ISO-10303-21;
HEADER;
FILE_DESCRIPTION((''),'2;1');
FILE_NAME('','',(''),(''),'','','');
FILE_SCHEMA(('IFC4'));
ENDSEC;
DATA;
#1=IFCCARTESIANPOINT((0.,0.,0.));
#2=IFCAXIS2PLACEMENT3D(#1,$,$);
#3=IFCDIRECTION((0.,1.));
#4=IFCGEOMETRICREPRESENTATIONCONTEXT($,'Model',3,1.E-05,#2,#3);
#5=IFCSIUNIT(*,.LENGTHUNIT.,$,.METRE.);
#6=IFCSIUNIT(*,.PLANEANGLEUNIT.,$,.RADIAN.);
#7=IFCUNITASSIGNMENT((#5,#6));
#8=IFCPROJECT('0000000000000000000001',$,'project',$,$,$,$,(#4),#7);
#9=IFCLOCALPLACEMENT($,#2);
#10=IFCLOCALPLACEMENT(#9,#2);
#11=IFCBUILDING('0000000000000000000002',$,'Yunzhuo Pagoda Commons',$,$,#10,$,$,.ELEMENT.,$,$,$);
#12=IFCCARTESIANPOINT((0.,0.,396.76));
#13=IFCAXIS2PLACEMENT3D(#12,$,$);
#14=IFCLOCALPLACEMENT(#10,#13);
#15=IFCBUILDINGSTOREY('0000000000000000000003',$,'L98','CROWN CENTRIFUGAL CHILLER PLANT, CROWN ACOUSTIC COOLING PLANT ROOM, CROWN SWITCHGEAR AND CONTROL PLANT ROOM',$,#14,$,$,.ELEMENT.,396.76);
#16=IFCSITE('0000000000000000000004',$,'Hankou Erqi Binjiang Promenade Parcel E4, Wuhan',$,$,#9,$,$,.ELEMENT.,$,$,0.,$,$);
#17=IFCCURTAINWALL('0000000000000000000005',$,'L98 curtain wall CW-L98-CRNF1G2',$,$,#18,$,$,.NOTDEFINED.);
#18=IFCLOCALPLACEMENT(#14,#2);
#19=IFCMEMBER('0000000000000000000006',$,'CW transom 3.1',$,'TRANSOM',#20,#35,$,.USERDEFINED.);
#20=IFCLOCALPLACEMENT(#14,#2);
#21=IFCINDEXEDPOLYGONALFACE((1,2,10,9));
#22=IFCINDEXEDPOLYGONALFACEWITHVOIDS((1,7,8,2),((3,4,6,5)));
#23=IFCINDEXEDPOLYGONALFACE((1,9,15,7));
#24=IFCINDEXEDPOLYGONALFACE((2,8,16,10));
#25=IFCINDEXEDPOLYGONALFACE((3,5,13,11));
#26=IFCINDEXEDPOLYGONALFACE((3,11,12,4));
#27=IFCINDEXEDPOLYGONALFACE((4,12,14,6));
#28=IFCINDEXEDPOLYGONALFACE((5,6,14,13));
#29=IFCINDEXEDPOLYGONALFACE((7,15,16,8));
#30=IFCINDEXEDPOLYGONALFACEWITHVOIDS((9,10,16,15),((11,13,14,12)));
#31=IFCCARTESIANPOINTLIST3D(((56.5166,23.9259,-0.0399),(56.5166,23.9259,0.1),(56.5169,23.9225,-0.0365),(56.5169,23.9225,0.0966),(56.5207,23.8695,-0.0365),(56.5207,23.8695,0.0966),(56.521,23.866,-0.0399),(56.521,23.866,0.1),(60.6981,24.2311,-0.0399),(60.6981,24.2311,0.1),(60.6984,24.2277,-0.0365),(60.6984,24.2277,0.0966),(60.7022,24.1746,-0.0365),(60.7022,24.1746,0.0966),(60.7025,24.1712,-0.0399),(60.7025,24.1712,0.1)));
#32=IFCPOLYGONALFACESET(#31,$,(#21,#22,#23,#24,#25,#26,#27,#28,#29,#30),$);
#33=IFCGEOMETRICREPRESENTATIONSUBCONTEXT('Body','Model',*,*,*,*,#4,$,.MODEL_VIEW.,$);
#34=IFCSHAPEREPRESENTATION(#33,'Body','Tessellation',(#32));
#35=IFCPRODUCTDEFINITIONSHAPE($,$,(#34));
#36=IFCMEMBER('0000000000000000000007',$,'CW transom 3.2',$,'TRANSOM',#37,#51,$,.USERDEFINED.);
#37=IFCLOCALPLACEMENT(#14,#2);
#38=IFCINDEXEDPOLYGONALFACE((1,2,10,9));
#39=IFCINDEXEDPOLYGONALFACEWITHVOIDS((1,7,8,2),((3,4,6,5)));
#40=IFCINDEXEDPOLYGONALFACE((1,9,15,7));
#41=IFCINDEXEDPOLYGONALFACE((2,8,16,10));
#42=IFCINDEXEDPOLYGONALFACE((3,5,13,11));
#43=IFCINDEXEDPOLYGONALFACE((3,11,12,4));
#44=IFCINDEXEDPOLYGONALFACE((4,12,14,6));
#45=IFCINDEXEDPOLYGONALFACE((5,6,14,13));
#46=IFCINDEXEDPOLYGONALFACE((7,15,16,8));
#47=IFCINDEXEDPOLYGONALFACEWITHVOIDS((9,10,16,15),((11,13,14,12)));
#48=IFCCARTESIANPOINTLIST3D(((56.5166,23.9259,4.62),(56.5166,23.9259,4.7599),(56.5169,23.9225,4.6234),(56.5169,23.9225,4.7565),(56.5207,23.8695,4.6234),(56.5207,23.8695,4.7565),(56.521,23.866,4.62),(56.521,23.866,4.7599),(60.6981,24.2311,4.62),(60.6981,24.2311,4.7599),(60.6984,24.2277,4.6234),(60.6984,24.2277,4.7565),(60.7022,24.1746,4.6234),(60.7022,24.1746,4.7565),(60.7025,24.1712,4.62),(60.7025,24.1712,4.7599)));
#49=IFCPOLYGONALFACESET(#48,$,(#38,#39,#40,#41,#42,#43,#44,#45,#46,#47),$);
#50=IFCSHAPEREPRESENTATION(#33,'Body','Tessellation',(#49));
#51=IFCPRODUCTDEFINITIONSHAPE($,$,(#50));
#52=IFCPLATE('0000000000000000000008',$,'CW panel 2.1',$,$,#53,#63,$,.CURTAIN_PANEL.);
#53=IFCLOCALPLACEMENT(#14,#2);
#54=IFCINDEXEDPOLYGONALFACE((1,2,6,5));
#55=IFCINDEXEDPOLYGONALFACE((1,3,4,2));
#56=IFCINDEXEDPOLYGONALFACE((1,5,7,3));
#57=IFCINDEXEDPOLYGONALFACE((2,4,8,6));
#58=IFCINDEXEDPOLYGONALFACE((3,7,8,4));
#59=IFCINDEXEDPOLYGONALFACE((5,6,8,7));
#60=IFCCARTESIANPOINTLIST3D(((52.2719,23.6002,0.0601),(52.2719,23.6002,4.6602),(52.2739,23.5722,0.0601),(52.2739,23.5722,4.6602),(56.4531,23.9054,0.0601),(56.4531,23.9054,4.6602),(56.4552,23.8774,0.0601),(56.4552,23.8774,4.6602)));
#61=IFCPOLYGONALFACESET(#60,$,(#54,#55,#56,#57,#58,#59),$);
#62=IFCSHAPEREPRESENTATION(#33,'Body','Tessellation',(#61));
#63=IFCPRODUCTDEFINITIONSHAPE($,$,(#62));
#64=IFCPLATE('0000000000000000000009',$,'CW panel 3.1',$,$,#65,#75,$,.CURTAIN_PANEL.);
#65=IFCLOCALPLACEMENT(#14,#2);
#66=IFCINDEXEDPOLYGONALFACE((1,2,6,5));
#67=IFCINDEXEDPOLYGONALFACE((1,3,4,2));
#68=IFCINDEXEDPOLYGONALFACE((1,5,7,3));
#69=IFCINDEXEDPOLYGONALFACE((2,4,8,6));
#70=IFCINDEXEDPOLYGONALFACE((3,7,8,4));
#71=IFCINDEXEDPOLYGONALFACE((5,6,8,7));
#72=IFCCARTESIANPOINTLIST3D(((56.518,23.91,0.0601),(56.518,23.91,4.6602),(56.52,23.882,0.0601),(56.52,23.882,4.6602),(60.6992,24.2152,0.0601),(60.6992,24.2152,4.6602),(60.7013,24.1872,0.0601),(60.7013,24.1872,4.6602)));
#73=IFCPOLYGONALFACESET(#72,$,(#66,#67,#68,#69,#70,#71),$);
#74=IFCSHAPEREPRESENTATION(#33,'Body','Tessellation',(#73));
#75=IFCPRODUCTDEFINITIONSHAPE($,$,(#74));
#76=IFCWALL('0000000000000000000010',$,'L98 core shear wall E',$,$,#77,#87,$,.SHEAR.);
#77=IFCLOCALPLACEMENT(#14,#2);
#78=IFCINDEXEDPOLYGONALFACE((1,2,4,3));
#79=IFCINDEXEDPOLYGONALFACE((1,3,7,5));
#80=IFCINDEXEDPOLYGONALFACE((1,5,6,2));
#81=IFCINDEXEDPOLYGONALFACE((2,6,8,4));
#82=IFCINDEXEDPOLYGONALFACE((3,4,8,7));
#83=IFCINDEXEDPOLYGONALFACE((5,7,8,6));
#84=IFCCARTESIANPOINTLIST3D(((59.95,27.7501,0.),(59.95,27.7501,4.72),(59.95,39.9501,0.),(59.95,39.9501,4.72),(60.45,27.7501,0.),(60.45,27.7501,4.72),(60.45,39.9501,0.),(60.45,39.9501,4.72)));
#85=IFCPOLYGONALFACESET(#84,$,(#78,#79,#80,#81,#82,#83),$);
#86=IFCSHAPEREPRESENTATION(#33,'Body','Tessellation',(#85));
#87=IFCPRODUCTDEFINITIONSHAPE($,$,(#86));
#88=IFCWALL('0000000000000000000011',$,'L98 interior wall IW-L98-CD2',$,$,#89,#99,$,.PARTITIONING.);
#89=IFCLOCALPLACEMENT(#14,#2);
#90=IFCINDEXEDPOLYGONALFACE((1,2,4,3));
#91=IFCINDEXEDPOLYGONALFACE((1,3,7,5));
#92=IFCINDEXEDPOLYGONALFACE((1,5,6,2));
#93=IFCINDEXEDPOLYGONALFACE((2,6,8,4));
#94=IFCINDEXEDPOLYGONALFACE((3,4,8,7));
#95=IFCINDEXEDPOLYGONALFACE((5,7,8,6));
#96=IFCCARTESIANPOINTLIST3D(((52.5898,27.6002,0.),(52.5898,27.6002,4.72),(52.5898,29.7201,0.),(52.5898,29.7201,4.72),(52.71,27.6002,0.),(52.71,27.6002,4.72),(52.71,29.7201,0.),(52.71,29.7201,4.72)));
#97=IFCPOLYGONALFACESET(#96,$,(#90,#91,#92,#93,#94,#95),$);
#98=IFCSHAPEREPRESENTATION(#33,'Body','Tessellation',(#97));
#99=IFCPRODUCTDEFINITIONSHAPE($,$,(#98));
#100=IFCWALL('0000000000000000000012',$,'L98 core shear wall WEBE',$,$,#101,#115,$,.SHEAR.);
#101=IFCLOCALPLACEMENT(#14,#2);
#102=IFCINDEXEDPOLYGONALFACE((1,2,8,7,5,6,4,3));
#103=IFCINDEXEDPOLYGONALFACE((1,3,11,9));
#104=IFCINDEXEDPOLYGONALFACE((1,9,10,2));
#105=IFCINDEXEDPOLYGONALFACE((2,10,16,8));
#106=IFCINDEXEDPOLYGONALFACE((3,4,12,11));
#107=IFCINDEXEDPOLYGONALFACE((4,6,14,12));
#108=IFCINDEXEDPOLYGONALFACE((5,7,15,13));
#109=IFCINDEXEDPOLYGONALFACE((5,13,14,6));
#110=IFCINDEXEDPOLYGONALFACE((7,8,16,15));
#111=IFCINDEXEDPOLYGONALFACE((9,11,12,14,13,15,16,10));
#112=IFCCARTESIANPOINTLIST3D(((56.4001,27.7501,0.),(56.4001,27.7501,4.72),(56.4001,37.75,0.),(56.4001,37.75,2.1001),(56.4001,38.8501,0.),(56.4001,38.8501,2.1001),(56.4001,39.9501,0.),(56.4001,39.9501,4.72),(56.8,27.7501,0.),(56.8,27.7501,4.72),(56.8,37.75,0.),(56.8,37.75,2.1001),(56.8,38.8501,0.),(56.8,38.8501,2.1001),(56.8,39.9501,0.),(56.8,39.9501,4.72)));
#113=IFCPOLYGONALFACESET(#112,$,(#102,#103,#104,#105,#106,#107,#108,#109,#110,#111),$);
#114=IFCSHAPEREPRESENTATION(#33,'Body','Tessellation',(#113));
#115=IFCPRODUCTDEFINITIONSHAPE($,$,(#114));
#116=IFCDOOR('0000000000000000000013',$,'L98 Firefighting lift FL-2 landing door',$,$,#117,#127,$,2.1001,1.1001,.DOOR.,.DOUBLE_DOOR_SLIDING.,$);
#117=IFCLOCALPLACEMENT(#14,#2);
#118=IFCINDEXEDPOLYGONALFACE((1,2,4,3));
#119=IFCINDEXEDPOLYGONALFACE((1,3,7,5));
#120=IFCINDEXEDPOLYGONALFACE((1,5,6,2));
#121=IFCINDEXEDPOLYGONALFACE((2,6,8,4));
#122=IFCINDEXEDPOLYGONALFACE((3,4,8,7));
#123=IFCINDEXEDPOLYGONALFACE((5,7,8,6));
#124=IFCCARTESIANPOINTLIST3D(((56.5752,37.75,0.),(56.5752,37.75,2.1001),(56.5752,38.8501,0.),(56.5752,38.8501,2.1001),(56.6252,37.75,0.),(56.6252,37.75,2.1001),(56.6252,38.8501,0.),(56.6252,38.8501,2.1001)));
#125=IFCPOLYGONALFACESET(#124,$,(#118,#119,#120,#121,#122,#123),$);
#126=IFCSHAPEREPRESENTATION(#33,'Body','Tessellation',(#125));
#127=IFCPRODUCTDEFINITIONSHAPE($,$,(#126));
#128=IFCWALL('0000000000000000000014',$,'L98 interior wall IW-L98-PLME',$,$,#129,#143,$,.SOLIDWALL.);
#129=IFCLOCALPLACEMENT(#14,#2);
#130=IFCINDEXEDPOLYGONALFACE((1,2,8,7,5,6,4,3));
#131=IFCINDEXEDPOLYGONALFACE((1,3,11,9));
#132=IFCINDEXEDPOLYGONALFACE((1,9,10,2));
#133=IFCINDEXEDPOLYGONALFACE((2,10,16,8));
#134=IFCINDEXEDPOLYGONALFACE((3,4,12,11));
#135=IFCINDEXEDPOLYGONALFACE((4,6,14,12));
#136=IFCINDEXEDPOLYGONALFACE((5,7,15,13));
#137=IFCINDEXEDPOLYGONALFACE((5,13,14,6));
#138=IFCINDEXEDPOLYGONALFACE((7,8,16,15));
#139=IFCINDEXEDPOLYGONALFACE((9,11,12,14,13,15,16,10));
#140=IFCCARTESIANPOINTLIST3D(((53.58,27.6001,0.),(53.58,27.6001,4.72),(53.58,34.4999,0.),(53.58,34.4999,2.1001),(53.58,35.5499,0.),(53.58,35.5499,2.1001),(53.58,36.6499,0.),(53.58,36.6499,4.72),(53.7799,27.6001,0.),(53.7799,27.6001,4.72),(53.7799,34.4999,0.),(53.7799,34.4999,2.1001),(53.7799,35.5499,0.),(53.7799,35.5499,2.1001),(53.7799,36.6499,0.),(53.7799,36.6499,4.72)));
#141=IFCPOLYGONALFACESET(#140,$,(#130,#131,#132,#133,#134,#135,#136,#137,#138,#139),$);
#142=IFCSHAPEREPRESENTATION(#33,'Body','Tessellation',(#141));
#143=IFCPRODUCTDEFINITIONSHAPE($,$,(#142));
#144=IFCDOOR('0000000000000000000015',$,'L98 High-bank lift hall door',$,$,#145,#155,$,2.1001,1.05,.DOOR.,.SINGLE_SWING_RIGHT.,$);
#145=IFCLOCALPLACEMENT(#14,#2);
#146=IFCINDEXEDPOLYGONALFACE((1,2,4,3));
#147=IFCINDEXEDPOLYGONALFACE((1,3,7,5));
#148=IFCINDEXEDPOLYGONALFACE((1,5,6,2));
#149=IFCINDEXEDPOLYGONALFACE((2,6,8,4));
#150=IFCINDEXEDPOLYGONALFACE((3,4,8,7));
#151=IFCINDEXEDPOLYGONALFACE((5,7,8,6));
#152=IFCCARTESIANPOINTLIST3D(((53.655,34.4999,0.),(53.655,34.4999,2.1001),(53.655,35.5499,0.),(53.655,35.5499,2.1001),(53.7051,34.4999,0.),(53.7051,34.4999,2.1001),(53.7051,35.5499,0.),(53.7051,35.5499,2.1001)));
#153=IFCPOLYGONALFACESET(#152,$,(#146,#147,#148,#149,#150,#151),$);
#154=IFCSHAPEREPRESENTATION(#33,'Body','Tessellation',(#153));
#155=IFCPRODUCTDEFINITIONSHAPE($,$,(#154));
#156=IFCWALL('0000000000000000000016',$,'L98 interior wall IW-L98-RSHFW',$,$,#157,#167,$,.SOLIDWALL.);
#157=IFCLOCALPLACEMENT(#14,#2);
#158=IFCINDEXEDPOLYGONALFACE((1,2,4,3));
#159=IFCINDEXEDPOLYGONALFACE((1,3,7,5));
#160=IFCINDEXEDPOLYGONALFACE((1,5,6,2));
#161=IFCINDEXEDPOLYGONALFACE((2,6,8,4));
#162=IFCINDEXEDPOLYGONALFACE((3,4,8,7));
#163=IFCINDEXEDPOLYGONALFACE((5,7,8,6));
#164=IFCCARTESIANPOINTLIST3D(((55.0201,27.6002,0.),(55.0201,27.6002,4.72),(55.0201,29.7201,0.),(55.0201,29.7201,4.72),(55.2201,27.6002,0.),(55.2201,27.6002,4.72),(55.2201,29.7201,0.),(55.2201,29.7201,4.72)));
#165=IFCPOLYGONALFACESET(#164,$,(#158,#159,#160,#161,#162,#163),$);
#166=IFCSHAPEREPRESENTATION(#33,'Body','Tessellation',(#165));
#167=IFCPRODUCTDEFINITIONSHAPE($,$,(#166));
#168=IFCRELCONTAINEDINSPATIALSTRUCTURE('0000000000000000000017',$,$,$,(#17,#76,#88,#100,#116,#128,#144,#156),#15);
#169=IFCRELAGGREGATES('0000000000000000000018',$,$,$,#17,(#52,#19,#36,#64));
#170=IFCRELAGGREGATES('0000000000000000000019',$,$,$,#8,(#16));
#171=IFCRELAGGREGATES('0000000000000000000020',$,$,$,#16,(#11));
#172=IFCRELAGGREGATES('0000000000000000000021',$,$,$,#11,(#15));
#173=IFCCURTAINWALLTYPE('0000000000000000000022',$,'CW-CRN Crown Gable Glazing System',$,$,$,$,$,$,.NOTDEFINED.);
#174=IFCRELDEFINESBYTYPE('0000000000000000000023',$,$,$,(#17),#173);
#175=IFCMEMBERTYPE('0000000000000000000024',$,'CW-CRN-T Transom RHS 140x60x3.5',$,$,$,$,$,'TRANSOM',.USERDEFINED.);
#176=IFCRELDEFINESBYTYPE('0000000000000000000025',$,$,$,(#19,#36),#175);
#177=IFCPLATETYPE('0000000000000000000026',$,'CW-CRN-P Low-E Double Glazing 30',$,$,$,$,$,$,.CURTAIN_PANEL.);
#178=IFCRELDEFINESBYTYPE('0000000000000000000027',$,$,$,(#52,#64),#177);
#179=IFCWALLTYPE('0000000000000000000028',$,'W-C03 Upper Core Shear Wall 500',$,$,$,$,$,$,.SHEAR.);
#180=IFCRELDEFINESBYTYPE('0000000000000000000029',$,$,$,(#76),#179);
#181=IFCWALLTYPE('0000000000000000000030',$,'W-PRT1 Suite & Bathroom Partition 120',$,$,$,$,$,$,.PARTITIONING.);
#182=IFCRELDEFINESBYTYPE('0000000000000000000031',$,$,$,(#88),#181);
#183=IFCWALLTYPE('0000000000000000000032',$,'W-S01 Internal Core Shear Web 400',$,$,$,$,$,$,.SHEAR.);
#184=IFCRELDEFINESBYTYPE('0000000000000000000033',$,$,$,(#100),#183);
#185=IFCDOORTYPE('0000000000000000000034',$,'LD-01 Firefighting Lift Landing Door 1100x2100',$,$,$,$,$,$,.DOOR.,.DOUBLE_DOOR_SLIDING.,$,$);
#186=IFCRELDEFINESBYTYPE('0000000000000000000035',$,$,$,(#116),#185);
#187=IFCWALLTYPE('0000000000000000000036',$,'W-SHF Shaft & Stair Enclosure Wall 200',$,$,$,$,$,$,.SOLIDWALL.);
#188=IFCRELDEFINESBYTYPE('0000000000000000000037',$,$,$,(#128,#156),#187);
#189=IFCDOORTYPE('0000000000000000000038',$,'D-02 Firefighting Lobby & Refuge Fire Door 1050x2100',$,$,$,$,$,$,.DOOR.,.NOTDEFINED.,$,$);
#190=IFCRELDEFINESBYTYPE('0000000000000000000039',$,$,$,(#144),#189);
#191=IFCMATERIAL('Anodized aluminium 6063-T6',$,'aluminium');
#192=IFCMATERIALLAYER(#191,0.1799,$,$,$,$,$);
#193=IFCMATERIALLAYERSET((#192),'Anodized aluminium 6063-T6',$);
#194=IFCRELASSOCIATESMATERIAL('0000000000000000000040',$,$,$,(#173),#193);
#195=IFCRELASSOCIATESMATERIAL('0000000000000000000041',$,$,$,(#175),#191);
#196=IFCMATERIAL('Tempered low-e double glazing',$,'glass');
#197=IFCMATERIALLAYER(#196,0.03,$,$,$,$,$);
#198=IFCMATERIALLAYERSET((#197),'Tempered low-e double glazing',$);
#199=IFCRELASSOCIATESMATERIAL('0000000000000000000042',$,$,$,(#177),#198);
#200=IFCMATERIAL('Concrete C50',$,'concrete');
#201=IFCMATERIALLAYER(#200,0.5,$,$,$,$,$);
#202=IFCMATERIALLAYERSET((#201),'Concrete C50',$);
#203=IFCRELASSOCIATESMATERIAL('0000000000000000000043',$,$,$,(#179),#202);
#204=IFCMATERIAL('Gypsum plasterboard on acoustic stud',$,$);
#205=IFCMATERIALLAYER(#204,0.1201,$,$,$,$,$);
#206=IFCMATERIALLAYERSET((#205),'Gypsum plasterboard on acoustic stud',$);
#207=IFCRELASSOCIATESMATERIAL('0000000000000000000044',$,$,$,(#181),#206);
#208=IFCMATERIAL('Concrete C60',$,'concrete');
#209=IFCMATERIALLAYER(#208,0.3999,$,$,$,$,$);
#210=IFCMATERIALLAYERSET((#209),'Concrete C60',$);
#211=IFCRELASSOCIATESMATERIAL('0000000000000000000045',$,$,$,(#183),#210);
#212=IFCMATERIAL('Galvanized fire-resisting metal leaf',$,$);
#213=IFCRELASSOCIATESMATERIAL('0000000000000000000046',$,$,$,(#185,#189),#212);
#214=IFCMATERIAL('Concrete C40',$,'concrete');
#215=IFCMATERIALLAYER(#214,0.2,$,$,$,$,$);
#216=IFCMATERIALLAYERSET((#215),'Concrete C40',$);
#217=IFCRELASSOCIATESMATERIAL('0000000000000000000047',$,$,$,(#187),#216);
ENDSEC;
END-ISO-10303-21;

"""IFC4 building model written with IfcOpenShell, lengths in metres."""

from ifc_helpers import new_model, si_unit, direction, frame, frame_2d, origin, origin_with_axes, origin_2d, place, context, subcontext, project, spatial, rectangle, hollow_rectangle, extrude, source, transform, mapped, material, layer, layer_set, material_profile, profile_set, type_object, element, fill, aggregate, save


model = new_model("IFC4")

# Units and contexts
model_context = context("Model", 3, precision=1e-05, world=origin(), true_north=direction((0.0, 1.0)))
body_context = subcontext(model_context, "Body", "Model", "MODEL_VIEW")
ifc_project = project(units=[si_unit("LENGTHUNIT", "METRE"), si_unit("PLANEANGLEUNIT", "RADIAN")], contexts=[model_context])

# Site, building, storey
site_placement = place(None, origin())
site = spatial("IfcSite", under=ifc_project, at=site_placement, Name="Hankou Erqi Binjiang Promenade Parcel E4, Wuhan", CompositionType="ELEMENT", RefElevation=0.0)
building_placement = place(site_placement, origin())
building = spatial("IfcBuilding", under=site, at=building_placement, Name="Yunzhuo Pagoda Commons", CompositionType="ELEMENT")
storey_placement = place(building_placement, frame((0.0, 0.0, 396.76)))
storey = spatial("IfcBuildingStorey", under=building, at=storey_placement, Name="L98", Description="CROWN CENTRIFUGAL CHILLER PLANT, CROWN ACOUSTIC COOLING PLANT ROOM, CROWN SWITCHGEAR AND CONTROL PLANT ROOM", CompositionType="ELEMENT", Elevation=396.76)

# Curtain wall, members, plates
ifc_material_1 = material(Name="Anodized aluminium 6063-T6", Category="aluminium")
ifc_layer_1 = layer(ifc_material_1, 0.1799)
ifc_layer_set_1 = layer_set([ifc_layer_1], Name="Anodized aluminium 6063-T6")
curtain_wall_type = type_object("IfcCurtainWallType", Name="CW-CRN Crown Gable Glazing System", PredefinedType="NOTDEFINED", material=ifc_layer_set_1)
curtain_wall_placement = place(storey_placement, origin())
curtain_wall = element("IfcCurtainWall", 1, at=curtain_wall_placement, inside=storey, type_object=curtain_wall_type, Name="L98 curtain wall CW-L98-CRNF1G2", PredefinedType="NOTDEFINED")
ifc_material_profile_1 = material_profile(ifc_material_1, hollow_rectangle(XDim=0.0601, YDim=0.1399, WallThickness=0.0034, at=origin_2d()), Name="Anodized aluminium 6063-T6")
ifc_profile_set_1 = profile_set([ifc_material_profile_1], Name="Anodized aluminium 6063-T6")
member_type_1 = type_object("IfcMemberType", Name="CW-CRN-T Transom RHS 140x60x3.5", ElementType="TRANSOM", PredefinedType="USERDEFINED", material=ifc_profile_set_1)
shared_shape_1 = source(origin(), body_context, "Body", "SweptSolid", [
    extrude(hollow_rectangle(XDim=0.0601, YDim=0.1399, WallThickness=0.0034, at=origin_2d()), origin(), (0.0, 0.0, 1.0), 4.1926),
])
member_1_placement = place(storey_placement, frame((56.5188, 23.896, 0.03), z_axis=(0.997347, 0.072791, 0.0), x_axis=(-0.072791, 0.997347, 0.0)))
member_1 = element("IfcMember", 2, at=member_1_placement, type_object=member_type_1, Name="CW transom 3.1", ObjectType="TRANSOM", PredefinedType="USERDEFINED", context=body_context, shape_type="MappedRepresentation", body=[
    mapped(shared_shape_1, transform((0.0, 0.0, 0.0), scale=1.0)),
])
member_2_placement = place(storey_placement, frame((56.5188, 23.896, 4.6899), z_axis=(0.997347, 0.072791, 0.0), x_axis=(-0.072791, 0.997347, 0.0)))
member_2 = element("IfcMember", 3, at=member_2_placement, type_object=member_type_1, Name="CW transom 3.2", ObjectType="TRANSOM", PredefinedType="USERDEFINED", context=body_context, shape_type="MappedRepresentation", body=[
    mapped(shared_shape_1, transform((0.0, 0.0, 0.0), scale=1.0)),
])
ifc_material_2 = material(Name="Tempered low-e double glazing", Category="glass")
ifc_layer_2 = layer(ifc_material_2, 0.03)
ifc_layer_set_2 = layer_set([ifc_layer_2], Name="Tempered low-e double glazing")
plate_type = type_object("IfcPlateType", Name="CW-CRN-P Low-E Double Glazing 30", PredefinedType="CURTAIN_PANEL", material=ifc_layer_set_2)
shared_shape_2 = source(origin(), body_context, "Body", "SweptSolid", [
    extrude(rectangle(XDim=4.1924, YDim=0.0281, at=origin_2d()), origin(), (0.0, 0.0, 1.0), 4.6001),
])
plate_1_placement = place(storey_placement, frame((54.3635, 23.7388, 0.0601), z_axis=(0.0, 0.0, 1.0), x_axis=(0.997347, 0.072796, 0.0)))
plate_1 = element("IfcPlate", 4, at=plate_1_placement, type_object=plate_type, Name="CW panel 2.1", PredefinedType="CURTAIN_PANEL", context=body_context, shape_type="MappedRepresentation", body=[
    mapped(shared_shape_2, transform((0.0, 0.0, 0.0), scale=1.0)),
])
plate_2_placement = place(storey_placement, frame((58.6096, 24.0486, 0.0601), z_axis=(0.0, 0.0, 1.0), x_axis=(0.997347, 0.072796, 0.0)))
plate_2 = element("IfcPlate", 5, at=plate_2_placement, type_object=plate_type, Name="CW panel 3.1", PredefinedType="CURTAIN_PANEL", context=body_context, shape_type="MappedRepresentation", body=[
    mapped(shared_shape_2, transform((0.0, 0.0, 0.0), scale=1.0)),
])
aggregate(curtain_wall, [plate_1, member_1, member_2, plate_2])

# Walls
ifc_material_3 = material(Name="Concrete C50", Category="concrete")
ifc_layer_3 = layer(ifc_material_3, 0.5)
ifc_layer_set_3 = layer_set([ifc_layer_3], Name="Concrete C50")
wall_type_1 = type_object("IfcWallType", Name="W-C03 Upper Core Shear Wall 500", PredefinedType="SHEAR", material=ifc_layer_set_3)
wall_1_placement = place(storey_placement, frame((60.2, 27.75, 0.0), z_axis=(0.0, 0.0, 1.0), x_axis=(0.0, 1.0, 0.0)))
element("IfcWall", 6, at=wall_1_placement, inside=storey, type_object=wall_type_1, Name="L98 core shear wall E", PredefinedType="SHEAR", context=body_context, shape_type="SweptSolid", body=[
    extrude(rectangle(XDim=12.2, YDim=0.5, at=frame_2d((6.1001, 0.0))), origin(), (0.0, 0.0, 1.0), 4.72),
])
ifc_material_4 = material(Name="Gypsum plasterboard on acoustic stud")
ifc_layer_4 = layer(ifc_material_4, 0.1201)
ifc_layer_set_4 = layer_set([ifc_layer_4], Name="Gypsum plasterboard on acoustic stud")
wall_type_2 = type_object("IfcWallType", Name="W-PRT1 Suite & Bathroom Partition 120", PredefinedType="PARTITIONING", material=ifc_layer_set_4)
wall_2_placement = place(storey_placement, frame((52.6499, 27.6001, 0.0), z_axis=(0.0, 0.0, 1.0), x_axis=(0.0, 1.0, 0.0)))
element("IfcWall", 7, at=wall_2_placement, inside=storey, type_object=wall_type_2, Name="L98 interior wall IW-L98-CD2", PredefinedType="PARTITIONING", context=body_context, shape_type="SweptSolid", body=[
    extrude(rectangle(XDim=2.1199, YDim=0.1201, at=frame_2d((1.0601, 0.0))), origin(), (0.0, 0.0, 1.0), 4.72),
])

# Walls, openings, doors
ifc_material_5 = material(Name="Concrete C60", Category="concrete")
ifc_layer_5 = layer(ifc_material_5, 0.3999)
ifc_layer_set_5 = layer_set([ifc_layer_5], Name="Concrete C60")
wall_type_3 = type_object("IfcWallType", Name="W-S01 Internal Core Shear Web 400", PredefinedType="SHEAR", material=ifc_layer_set_5)
wall_3_placement = place(storey_placement, frame((56.6001, 27.75, 0.0), z_axis=(0.0, 0.0, 1.0), x_axis=(0.0, 1.0, 0.0)))
wall_3 = element("IfcWall", 8, at=wall_3_placement, inside=storey, type_object=wall_type_3, Name="L98 core shear wall WEBE", PredefinedType="SHEAR", context=body_context, shape_type="SweptSolid", body=[
    extrude(rectangle(XDim=12.2, YDim=0.3999, at=frame_2d((6.1001, 0.0))), origin(), (0.0, 0.0, 1.0), 4.72),
])
opening_1_placement = place(wall_3_placement, frame((10.0, 0.0, 0.0)))
opening_1 = element("IfcOpeningElement", 9, at=opening_1_placement, cuts=wall_3, PredefinedType="OPENING", context=body_context, shape_type="SweptSolid", body=[
    extrude(rectangle(XDim=1.1001, YDim=2.1001, at=frame_2d((0.55, 1.05))), frame((0.0, 0.21, 0.0), z_axis=(0.0, -1.0, 0.0), x_axis=(1.0, 0.0, 0.0)), (0.0, 0.0, 1.0), 0.4199),
])
ifc_material_6 = material(Name="Galvanized fire-resisting metal leaf")
door_type_1 = type_object("IfcDoorType", Name="LD-01 Firefighting Lift Landing Door 1100x2100", OperationType="DOUBLE_DOOR_SLIDING", PredefinedType="DOOR", material=ifc_material_6)
shared_shape_3 = source(origin(), body_context, "Body", "SweptSolid", [
    extrude(rectangle(XDim=1.1001, YDim=2.1001, at=frame_2d((0.55, 1.05))), frame((0.0, 0.0249, 0.0), z_axis=(0.0, -1.0, 0.0), x_axis=(1.0, 0.0, 0.0)), (0.0, 0.0, 1.0), 0.05),
])
door_1_placement = place(opening_1_placement, origin_with_axes())
door_1 = element("IfcDoor", 10, at=door_1_placement, inside=storey, type_object=door_type_1, Name="L98 Firefighting lift FL-2 landing door", OperationType="DOUBLE_DOOR_SLIDING", OverallHeight=2.1001, OverallWidth=1.1001, PredefinedType="DOOR", context=body_context, shape_type="MappedRepresentation", body=[
    mapped(shared_shape_3, transform((0.0, 0.0, 0.0), scale=1.0)),
])
fill(opening_1, door_1)
ifc_material_7 = material(Name="Concrete C40", Category="concrete")
ifc_layer_6 = layer(ifc_material_7, 0.2)
ifc_layer_set_6 = layer_set([ifc_layer_6], Name="Concrete C40")
wall_type_4 = type_object("IfcWallType", Name="W-SHF Shaft & Stair Enclosure Wall 200", PredefinedType="SOLIDWALL", material=ifc_layer_set_6)
wall_4_placement = place(storey_placement, frame((53.6799, 27.6001, 0.0), z_axis=(0.0, 0.0, 1.0), x_axis=(0.0, 1.0, 0.0)))
wall_4 = element("IfcWall", 11, at=wall_4_placement, inside=storey, type_object=wall_type_4, Name="L98 interior wall IW-L98-PLME", PredefinedType="SOLIDWALL", context=body_context, shape_type="SweptSolid", body=[
    extrude(rectangle(XDim=9.0498, YDim=0.2, at=frame_2d((4.5249, 0.0))), origin(), (0.0, 0.0, 1.0), 4.72),
])
opening_2_placement = place(wall_4_placement, frame((6.8999, 0.0, 0.0)))
opening_2 = element("IfcOpeningElement", 12, at=opening_2_placement, cuts=wall_4, PredefinedType="OPENING", context=body_context, shape_type="SweptSolid", body=[
    extrude(rectangle(XDim=1.05, YDim=2.1001, at=frame_2d((0.5249, 1.05))), frame((0.0, 0.1099, 0.0), z_axis=(0.0, -1.0, 0.0), x_axis=(1.0, 0.0, 0.0)), (0.0, 0.0, 1.0), 0.22),
])
door_type_2 = type_object("IfcDoorType", Name="D-02 Firefighting Lobby & Refuge Fire Door 1050x2100", OperationType="NOTDEFINED", PredefinedType="DOOR", material=ifc_material_6)
shared_shape_4 = source(origin(), body_context, "Body", "SweptSolid", [
    extrude(rectangle(XDim=1.05, YDim=2.1001, at=frame_2d((0.5249, 1.05))), frame((0.0, 0.0249, 0.0), z_axis=(0.0, -1.0, 0.0), x_axis=(1.0, 0.0, 0.0)), (0.0, 0.0, 1.0), 0.05),
])
door_2_placement = place(opening_2_placement, origin_with_axes())
door_2 = element("IfcDoor", 13, at=door_2_placement, inside=storey, type_object=door_type_2, Name="L98 High-bank lift hall door", OperationType="SINGLE_SWING_RIGHT", OverallHeight=2.1001, OverallWidth=1.05, PredefinedType="DOOR", context=body_context, shape_type="MappedRepresentation", body=[
    mapped(shared_shape_4, transform((0.0, 0.0, 0.0), scale=1.0)),
])
fill(opening_2, door_2)

# Wall
wall_5_placement = place(storey_placement, frame((55.1201, 27.6001, 0.0), z_axis=(0.0, 0.0, 1.0), x_axis=(0.0, 1.0, 0.0)))
element("IfcWall", 14, at=wall_5_placement, inside=storey, type_object=wall_type_4, Name="L98 interior wall IW-L98-RSHFW", PredefinedType="SOLIDWALL", context=body_context, shape_type="SweptSolid", body=[
    extrude(rectangle(XDim=2.1199, YDim=0.2, at=frame_2d((1.0601, 0.0))), origin(), (0.0, 0.0, 1.0), 4.72),
])

save(model, "model.ifc")
